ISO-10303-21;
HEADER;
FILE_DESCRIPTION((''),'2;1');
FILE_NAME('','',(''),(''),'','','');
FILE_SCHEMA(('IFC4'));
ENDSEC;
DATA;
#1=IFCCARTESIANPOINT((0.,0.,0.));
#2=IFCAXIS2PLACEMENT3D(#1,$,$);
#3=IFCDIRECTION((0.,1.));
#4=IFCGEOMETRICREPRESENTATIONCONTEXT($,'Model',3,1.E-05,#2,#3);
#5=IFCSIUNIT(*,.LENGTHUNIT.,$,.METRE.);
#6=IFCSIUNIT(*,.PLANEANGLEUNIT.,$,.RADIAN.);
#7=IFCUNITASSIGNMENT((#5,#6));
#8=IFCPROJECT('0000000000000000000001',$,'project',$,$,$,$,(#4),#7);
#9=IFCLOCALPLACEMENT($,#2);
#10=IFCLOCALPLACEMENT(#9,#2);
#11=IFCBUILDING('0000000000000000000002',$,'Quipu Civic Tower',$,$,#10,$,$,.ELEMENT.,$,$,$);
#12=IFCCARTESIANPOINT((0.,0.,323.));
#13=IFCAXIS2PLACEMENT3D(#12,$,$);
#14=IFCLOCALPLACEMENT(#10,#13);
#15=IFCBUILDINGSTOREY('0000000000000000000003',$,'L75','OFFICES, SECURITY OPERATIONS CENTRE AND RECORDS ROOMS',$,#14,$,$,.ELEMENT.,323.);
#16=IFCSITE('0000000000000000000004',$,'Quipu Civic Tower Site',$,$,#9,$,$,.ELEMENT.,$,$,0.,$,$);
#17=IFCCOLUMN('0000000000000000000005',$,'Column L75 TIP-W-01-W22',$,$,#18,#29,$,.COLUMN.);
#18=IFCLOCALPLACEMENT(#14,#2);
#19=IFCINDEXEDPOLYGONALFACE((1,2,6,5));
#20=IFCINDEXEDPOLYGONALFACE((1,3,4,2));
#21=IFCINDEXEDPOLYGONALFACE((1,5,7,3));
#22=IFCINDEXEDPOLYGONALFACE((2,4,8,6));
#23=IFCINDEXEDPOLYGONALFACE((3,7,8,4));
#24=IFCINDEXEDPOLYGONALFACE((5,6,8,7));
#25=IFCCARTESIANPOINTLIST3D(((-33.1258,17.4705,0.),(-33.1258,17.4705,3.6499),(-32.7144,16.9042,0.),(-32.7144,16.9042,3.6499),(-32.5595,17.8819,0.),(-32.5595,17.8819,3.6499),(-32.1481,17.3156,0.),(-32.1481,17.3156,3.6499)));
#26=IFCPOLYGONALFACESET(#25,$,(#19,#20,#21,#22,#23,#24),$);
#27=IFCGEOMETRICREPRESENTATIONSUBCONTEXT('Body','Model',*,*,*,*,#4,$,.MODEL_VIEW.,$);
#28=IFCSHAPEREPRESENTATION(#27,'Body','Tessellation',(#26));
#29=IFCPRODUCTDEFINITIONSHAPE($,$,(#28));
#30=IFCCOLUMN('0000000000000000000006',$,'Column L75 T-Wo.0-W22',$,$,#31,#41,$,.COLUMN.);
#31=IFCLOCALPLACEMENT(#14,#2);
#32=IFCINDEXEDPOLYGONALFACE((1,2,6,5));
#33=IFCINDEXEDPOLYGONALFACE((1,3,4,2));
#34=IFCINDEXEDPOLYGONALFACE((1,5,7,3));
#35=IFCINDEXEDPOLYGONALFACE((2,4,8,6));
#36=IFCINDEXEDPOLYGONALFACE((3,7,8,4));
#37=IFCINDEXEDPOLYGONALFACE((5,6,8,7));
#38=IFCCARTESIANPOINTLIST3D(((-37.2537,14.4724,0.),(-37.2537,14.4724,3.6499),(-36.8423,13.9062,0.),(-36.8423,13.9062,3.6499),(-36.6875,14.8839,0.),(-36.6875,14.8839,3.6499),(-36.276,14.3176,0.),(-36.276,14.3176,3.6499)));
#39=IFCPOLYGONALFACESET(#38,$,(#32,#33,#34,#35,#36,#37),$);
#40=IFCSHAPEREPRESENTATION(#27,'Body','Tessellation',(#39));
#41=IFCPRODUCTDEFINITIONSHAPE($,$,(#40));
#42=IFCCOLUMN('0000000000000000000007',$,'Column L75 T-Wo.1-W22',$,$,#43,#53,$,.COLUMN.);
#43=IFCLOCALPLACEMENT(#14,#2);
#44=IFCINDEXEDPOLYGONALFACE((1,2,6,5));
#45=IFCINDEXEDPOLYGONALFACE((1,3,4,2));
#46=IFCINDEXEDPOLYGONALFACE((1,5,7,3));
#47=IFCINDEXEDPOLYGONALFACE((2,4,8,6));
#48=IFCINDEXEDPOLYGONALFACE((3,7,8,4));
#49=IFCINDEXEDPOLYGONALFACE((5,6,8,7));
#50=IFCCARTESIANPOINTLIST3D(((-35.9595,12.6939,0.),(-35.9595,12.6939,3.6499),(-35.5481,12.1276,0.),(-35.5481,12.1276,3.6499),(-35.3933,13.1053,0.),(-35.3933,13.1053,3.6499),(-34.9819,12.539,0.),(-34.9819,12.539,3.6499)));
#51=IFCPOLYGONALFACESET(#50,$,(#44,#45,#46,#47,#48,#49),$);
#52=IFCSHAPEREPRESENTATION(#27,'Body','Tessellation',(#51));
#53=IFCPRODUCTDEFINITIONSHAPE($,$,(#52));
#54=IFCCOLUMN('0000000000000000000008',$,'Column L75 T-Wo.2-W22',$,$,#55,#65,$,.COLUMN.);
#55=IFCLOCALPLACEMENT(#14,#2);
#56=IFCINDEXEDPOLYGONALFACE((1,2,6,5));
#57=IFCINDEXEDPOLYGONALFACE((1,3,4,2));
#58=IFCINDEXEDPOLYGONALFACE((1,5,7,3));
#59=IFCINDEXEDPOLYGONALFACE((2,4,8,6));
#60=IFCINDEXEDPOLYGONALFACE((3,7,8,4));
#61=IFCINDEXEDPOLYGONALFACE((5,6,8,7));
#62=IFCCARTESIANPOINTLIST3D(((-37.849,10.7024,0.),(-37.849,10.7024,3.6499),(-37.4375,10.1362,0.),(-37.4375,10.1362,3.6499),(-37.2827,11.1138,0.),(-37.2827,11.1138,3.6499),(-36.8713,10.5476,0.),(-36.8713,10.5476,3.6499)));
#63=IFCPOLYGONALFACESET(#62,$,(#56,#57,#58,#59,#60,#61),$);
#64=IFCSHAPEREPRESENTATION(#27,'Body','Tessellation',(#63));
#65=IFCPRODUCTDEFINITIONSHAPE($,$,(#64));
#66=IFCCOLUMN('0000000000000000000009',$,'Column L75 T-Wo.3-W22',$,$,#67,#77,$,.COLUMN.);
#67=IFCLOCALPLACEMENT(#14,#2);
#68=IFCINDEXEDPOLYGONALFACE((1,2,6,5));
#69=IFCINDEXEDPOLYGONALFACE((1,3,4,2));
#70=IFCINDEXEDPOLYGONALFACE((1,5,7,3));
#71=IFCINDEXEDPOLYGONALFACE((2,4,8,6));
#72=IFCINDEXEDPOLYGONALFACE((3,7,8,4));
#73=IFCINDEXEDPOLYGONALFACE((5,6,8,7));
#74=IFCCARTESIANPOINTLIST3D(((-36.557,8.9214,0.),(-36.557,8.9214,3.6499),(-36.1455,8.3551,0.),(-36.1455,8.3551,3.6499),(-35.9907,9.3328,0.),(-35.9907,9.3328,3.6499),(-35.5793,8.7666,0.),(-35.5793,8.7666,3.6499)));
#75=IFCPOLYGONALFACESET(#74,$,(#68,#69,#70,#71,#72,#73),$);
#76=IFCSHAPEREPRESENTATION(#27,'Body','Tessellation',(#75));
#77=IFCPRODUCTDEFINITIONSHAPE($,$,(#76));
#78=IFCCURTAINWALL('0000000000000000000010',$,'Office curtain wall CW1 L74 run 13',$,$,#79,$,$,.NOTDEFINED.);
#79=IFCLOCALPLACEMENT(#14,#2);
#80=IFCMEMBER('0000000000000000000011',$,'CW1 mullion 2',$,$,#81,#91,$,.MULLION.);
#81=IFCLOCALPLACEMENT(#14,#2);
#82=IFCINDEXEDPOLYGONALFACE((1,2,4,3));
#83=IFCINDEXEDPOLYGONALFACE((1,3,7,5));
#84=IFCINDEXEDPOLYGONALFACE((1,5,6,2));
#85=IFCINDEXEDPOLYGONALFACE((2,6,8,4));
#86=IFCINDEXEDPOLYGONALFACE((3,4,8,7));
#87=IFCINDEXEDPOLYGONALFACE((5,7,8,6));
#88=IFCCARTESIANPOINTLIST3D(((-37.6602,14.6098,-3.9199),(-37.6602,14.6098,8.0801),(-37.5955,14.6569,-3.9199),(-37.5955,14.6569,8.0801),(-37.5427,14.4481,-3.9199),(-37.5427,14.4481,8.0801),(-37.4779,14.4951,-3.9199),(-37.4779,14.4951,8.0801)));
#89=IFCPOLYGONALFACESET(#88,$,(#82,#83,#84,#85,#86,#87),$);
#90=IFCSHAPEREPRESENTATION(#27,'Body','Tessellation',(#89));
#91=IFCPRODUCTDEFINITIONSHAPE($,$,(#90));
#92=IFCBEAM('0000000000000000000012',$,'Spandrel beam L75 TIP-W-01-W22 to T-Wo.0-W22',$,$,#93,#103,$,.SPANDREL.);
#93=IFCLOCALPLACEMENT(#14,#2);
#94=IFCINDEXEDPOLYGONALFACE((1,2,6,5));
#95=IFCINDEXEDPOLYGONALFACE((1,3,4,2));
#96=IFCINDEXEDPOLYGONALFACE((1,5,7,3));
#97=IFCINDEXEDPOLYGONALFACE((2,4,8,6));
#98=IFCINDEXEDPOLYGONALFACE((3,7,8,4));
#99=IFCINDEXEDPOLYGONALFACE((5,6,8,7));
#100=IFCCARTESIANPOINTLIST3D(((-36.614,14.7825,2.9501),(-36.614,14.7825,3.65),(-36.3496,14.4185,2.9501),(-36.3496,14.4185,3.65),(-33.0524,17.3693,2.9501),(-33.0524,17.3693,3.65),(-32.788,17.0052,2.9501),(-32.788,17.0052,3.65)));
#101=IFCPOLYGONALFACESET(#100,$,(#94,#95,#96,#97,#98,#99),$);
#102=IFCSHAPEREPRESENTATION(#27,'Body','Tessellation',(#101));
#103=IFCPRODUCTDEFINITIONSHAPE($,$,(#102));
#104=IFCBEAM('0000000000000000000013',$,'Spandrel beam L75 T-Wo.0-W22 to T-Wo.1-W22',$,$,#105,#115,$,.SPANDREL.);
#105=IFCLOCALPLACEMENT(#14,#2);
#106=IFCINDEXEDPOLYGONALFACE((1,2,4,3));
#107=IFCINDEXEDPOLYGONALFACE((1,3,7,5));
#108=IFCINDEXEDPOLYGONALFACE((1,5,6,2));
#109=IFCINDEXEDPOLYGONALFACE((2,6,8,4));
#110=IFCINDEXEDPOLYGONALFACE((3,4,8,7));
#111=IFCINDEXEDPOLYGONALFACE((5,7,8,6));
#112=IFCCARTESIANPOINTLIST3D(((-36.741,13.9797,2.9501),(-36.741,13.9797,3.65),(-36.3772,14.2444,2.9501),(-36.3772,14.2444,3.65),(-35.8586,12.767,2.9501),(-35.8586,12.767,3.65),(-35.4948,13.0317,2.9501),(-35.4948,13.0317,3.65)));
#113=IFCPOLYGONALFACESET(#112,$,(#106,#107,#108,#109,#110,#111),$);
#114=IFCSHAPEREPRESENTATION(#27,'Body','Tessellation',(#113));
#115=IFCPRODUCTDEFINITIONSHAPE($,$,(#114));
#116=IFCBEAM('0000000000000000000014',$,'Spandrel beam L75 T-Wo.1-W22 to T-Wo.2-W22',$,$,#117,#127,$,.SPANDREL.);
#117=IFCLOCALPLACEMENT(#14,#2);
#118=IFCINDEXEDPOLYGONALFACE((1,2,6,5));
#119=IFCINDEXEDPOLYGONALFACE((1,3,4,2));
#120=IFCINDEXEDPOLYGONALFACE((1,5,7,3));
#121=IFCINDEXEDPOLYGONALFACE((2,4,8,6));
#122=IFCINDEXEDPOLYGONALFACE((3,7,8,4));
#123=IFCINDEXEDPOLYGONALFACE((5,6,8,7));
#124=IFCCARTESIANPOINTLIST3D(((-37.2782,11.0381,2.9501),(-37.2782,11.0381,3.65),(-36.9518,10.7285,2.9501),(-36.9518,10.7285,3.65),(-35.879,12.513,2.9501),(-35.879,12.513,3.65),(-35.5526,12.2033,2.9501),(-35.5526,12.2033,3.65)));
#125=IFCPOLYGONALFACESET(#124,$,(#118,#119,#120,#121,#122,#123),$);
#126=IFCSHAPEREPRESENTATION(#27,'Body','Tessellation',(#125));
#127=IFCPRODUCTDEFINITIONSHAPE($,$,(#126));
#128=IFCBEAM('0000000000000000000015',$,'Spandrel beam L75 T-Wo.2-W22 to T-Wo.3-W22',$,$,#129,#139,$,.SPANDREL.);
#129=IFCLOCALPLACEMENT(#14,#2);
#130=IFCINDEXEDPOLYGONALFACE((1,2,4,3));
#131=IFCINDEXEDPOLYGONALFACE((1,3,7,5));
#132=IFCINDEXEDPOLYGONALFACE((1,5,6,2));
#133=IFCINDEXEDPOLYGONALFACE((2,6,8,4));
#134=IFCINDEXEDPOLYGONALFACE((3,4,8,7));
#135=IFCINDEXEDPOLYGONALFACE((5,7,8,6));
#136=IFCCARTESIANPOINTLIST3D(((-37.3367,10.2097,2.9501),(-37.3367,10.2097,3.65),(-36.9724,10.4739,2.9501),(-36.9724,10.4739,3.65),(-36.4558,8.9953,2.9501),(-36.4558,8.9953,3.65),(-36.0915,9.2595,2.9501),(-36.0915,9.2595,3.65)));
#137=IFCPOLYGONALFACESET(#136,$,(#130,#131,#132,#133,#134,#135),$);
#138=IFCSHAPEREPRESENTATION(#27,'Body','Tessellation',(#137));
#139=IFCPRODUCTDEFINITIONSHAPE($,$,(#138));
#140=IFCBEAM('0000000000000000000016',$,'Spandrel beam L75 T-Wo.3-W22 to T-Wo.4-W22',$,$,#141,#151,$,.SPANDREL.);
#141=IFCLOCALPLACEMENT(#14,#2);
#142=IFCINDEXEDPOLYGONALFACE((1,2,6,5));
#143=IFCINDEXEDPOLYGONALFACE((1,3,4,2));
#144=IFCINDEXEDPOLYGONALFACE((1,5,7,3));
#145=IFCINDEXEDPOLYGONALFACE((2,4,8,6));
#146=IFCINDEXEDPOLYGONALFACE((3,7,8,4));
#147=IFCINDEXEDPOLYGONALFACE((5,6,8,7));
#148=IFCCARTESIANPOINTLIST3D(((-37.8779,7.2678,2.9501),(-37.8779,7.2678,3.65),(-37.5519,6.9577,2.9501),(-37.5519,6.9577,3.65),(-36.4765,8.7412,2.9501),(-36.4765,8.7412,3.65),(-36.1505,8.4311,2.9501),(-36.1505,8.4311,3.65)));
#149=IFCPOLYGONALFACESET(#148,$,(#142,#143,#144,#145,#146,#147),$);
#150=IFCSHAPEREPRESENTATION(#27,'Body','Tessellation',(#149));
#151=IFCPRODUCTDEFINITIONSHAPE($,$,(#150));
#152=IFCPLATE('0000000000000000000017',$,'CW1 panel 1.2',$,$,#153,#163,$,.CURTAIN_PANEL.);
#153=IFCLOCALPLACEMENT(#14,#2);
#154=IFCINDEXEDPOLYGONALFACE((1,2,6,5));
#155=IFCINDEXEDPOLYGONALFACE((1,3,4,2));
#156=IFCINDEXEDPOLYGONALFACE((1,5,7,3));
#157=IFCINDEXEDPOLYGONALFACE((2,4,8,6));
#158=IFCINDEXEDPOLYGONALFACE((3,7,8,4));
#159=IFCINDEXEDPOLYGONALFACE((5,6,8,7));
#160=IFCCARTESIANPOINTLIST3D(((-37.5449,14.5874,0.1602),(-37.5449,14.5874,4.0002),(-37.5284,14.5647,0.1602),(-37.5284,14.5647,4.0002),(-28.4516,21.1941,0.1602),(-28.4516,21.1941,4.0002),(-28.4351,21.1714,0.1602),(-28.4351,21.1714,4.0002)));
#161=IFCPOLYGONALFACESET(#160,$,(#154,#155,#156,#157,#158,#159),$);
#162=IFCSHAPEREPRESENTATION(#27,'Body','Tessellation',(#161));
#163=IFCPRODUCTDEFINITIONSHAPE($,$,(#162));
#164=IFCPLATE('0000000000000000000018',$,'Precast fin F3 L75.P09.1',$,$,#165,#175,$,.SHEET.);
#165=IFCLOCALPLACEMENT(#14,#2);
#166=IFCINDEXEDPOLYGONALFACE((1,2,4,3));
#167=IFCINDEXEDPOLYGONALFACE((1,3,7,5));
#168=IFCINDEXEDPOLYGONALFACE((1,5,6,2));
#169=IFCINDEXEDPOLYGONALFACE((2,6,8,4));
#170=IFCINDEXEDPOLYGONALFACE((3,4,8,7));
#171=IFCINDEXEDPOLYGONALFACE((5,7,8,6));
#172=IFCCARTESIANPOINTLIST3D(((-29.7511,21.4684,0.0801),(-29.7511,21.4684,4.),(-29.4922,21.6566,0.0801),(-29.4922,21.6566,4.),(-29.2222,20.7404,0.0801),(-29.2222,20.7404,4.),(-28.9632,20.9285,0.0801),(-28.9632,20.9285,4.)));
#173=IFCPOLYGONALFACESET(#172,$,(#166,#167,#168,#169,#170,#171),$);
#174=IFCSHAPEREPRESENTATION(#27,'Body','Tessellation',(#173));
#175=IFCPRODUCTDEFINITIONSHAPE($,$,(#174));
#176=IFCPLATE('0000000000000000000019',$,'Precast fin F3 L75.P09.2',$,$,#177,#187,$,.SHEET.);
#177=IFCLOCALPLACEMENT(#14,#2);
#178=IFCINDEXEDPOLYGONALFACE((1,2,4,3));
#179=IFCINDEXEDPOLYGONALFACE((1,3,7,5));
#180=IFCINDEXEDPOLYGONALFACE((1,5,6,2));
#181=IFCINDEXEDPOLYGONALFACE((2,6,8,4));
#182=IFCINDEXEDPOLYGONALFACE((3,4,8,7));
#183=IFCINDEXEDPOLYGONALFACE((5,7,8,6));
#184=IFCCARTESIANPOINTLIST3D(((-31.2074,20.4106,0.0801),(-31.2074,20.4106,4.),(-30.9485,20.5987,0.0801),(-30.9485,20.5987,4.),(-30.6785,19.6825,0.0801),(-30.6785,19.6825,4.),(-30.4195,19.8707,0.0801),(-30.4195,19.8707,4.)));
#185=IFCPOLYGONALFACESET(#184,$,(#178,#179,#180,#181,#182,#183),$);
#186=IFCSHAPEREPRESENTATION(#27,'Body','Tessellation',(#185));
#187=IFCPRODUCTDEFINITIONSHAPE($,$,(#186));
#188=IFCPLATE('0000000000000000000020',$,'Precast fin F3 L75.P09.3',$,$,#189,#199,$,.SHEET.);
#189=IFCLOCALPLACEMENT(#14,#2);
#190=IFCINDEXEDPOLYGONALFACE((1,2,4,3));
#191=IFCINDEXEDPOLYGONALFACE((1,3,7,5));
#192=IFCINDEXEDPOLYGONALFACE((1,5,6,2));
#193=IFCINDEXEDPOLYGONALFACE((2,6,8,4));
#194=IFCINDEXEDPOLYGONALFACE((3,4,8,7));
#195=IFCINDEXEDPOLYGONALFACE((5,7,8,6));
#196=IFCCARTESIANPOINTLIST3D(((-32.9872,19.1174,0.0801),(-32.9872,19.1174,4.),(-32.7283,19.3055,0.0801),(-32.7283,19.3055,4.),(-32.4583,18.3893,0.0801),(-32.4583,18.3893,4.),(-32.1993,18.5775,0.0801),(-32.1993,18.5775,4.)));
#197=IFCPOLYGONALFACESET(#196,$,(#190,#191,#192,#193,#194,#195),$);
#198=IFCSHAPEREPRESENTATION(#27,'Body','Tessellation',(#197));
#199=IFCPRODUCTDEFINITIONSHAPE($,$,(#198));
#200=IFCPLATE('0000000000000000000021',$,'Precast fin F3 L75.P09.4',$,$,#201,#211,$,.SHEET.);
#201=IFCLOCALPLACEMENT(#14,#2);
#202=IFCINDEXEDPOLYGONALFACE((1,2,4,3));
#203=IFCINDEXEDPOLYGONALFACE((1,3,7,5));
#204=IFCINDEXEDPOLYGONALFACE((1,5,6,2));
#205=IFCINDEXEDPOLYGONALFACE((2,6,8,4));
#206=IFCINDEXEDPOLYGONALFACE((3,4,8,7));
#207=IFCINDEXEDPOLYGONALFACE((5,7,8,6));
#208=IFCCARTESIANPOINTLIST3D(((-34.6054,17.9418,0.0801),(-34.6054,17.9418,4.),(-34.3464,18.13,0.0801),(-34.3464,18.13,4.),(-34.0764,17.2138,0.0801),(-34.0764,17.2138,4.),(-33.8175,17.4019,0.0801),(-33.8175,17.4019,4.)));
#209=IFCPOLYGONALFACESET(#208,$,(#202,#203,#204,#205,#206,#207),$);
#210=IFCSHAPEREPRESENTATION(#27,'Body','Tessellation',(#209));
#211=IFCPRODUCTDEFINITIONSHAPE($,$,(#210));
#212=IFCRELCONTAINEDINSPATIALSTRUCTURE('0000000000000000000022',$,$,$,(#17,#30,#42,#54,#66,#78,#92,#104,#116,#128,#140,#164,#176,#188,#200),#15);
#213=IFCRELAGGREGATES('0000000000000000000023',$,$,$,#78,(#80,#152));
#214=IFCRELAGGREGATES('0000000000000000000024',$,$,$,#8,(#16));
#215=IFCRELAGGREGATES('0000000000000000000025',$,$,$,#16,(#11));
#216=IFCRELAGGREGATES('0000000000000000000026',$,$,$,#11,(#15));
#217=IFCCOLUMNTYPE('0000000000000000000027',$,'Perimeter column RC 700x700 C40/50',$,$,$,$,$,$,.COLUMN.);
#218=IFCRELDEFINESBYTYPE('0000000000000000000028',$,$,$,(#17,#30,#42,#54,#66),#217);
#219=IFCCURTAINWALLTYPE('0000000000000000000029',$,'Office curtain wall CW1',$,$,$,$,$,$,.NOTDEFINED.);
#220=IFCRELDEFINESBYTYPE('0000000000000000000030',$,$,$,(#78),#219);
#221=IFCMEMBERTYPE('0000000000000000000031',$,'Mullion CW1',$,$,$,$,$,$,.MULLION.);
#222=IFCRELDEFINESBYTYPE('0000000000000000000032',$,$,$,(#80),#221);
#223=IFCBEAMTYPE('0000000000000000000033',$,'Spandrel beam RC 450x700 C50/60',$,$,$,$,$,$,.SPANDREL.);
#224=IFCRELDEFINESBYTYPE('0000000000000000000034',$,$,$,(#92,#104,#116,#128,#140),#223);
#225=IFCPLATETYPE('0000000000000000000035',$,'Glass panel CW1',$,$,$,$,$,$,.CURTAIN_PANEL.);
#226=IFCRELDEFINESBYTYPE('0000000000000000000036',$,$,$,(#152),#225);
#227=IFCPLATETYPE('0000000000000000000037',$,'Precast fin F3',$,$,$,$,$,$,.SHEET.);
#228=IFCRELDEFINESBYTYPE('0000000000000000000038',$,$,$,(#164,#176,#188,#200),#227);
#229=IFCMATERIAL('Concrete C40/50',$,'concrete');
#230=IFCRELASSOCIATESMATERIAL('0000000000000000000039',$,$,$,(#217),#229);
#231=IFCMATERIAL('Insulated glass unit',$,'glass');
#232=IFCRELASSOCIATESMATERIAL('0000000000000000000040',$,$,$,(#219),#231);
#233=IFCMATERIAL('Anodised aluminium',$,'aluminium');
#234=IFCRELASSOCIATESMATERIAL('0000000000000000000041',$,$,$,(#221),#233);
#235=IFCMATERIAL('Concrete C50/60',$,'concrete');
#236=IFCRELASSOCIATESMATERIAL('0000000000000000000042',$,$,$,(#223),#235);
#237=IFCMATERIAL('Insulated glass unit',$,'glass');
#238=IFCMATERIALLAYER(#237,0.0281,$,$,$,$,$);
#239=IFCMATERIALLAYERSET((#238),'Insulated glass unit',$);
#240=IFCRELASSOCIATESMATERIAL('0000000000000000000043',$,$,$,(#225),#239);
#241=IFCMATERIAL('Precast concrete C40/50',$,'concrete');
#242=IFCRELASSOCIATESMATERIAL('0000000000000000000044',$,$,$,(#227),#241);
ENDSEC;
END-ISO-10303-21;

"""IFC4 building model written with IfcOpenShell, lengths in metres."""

from ifc_helpers import new_model, si_unit, direction, frame, origin, origin_2d, place, context, subcontext, project, spatial, rectangle, extrude, material, layer, layer_set, material_profile, profile_set, type_object, element, aggregate, save


model = new_model("IFC4")

# Units and contexts
model_context = context("Model", 3, precision=1e-05, world=origin(), true_north=direction((0.0, 1.0)))
body_context = subcontext(model_context, "Body", "Model", "MODEL_VIEW")
ifc_project = project(units=[si_unit("LENGTHUNIT", "METRE"), si_unit("PLANEANGLEUNIT", "RADIAN")], contexts=[model_context])

# Site, building, storey
site_placement = place(None, origin())
site = spatial("IfcSite", under=ifc_project, at=site_placement, Name="Quipu Civic Tower Site", CompositionType="ELEMENT", RefElevation=0.0)
building_placement = place(site_placement, origin())
building = spatial("IfcBuilding", under=site, at=building_placement, Name="Quipu Civic Tower", CompositionType="ELEMENT")
storey_placement = place(building_placement, frame((0.0, 0.0, 323.0)))
storey = spatial("IfcBuildingStorey", under=building, at=storey_placement, Name="L75", Description="OFFICES, SECURITY OPERATIONS CENTRE AND RECORDS ROOMS", CompositionType="ELEMENT", Elevation=323.0)

# Columns
ifc_material_1 = material(Name="Concrete C40/50", Category="concrete")
ifc_material_profile_1 = material_profile(ifc_material_1, rectangle(XDim=0.7, YDim=0.7, at=origin_2d()), Name="RC700x700")
ifc_profile_set_1 = profile_set([ifc_material_profile_1], Name="Concrete C40/50")
column_type = type_object("IfcColumnType", Name="Perimeter column RC 700x700 C40/50", PredefinedType="COLUMN", material=ifc_profile_set_1)
for number, where, z_axis, x_axis, name in (
    (1, (-32.637, 17.3931, 0.0), (0.0, 0.0, 1.0), (-0.809017, -0.587785, 0.0), "Column L75 TIP-W-01-W22"),
    (2, (-36.7649, 14.395, 0.0), (0.0, 0.0, 1.0), (0.587785, -0.809017, 0.0), "Column L75 T-Wo.0-W22"),
    (3, (-35.4707, 12.6165, 0.0), (0.0, 0.0, 1.0), (-0.809017, -0.587785, 0.0), "Column L75 T-Wo.1-W22"),
    (4, (-37.3601, 10.625, 0.0), (0.0, 0.0, 1.0), (0.587785, -0.809017, 0.0), "Column L75 T-Wo.2-W22"),
    (5, (-36.0681, 8.844, 0.0), (0.0, 0.0, 1.0), (0.587785, -0.809017, 0.0), "Column L75 T-Wo.3-W22"),
):
    element("IfcColumn", number, at=place(storey_placement, frame(where, z_axis=z_axis, x_axis=x_axis)), inside=storey, type_object=column_type, Name=name, PredefinedType="COLUMN", context=body_context, shape_type="SweptSolid", body=[
        extrude(rectangle(XDim=0.7, YDim=0.7, at=origin_2d()), origin(), (0.0, 0.0, 1.0), 3.6499),
    ])

# Curtain wall, member
ifc_material_2 = material(Name="Insulated glass unit", Category="glass")
curtain_wall_type = type_object("IfcCurtainWallType", Name="Office curtain wall CW1", PredefinedType="NOTDEFINED", material=ifc_material_2)
curtain_wall_placement = place(storey_placement, origin())
curtain_wall = element("IfcCurtainWall", 6, at=curtain_wall_placement, inside=storey, type_object=curtain_wall_type, Name="Office curtain wall CW1 L74 run 13", PredefinedType="NOTDEFINED")
ifc_material_3 = material(Name="Anodised aluminium", Category="aluminium")
ifc_material_profile_2 = material_profile(ifc_material_3, rectangle(XDim=0.2, YDim=0.0801, at=origin_2d()), Name="RECT 200x80")
ifc_profile_set_2 = profile_set([ifc_material_profile_2], Name="Anodised aluminium")
member_type = type_object("IfcMemberType", Name="Mullion CW1", PredefinedType="MULLION", material=ifc_profile_set_2)
member_placement = place(storey_placement, frame((-37.5691, 14.5525, -3.9199), z_axis=(0.0, 0.0, 1.0), x_axis=(0.587788, -0.809015, 0.0)))
member = element("IfcMember", 7, at=member_placement, type_object=member_type, Name="CW1 mullion 2", PredefinedType="MULLION", context=body_context, shape_type="SweptSolid", body=[
    extrude(rectangle(XDim=0.2, YDim=0.0801, at=origin_2d()), origin(), (0.0, 0.0, 1.0), 12.0),
])

# Beams
ifc_material_4 = material(Name="Concrete C50/60", Category="concrete")
ifc_material_profile_3 = material_profile(ifc_material_4, rectangle(XDim=0.45, YDim=0.7, at=origin_2d()), Name="RC450x700")
ifc_profile_set_3 = profile_set([ifc_material_profile_3], Name="Concrete C50/60")
beam_type = type_object("IfcBeamType", Name="Spandrel beam RC 450x700 C50/60", PredefinedType="SPANDREL", material=ifc_profile_set_3)
beam_1_placement = place(storey_placement, frame((-32.9202, 17.1873, 3.3), z_axis=(-0.809117, -0.587647, 0.0), x_axis=(0.587647, -0.809117, 0.0)))
element("IfcBeam", 8, at=beam_1_placement, inside=storey, type_object=beam_type, Name="Spandrel beam L75 TIP-W-01-W22 to T-Wo.0-W22", PredefinedType="SPANDREL", context=body_context, shape_type="SweptSolid", body=[
    extrude(rectangle(XDim=0.45, YDim=0.7, at=origin_2d()), origin(), (0.0, 0.0, 1.0), 4.4019),
])
beam_2_placement = place(storey_placement, frame((-36.5591, 14.1121, 3.3), z_axis=(0.588346, -0.808609, 0.0), x_axis=(0.808609, 0.588346, 0.0)))
element("IfcBeam", 9, at=beam_2_placement, inside=storey, type_object=beam_type, Name="Spandrel beam L75 T-Wo.0-W22 to T-Wo.1-W22", PredefinedType="SPANDREL", context=body_context, shape_type="SweptSolid", body=[
    extrude(rectangle(XDim=0.45, YDim=0.7, at=origin_2d()), origin(), (0.0, 0.0, 1.0), 1.4998),
])
beam_3_placement = place(storey_placement, frame((-35.7158, 12.3582, 3.3), z_axis=(-0.688247, -0.725476, 0.0), x_axis=(0.725476, -0.688247, 0.0)))
element("IfcBeam", 10, at=beam_3_placement, inside=storey, type_object=beam_type, Name="Spandrel beam L75 T-Wo.1-W22 to T-Wo.2-W22", PredefinedType="SPANDREL", context=body_context, shape_type="SweptSolid", body=[
    extrude(rectangle(XDim=0.45, YDim=0.7, at=origin_2d()), origin(), (0.0, 0.0, 1.0), 2.033),
])
beam_4_placement = place(storey_placement, frame((-37.1545, 10.3418, 3.3), z_axis=(0.587165, -0.809467, 0.0), x_axis=(0.809467, 0.587165, 0.0)))
element("IfcBeam", 11, at=beam_4_placement, inside=storey, type_object=beam_type, Name="Spandrel beam L75 T-Wo.2-W22 to T-Wo.3-W22", PredefinedType="SPANDREL", context=body_context, shape_type="SweptSolid", body=[
    extrude(rectangle(XDim=0.45, YDim=0.7, at=origin_2d()), origin(), (0.0, 0.0, 1.0), 1.5002),
])
beam_5_placement = place(storey_placement, frame((-36.3135, 8.5862, 3.3), z_axis=(-0.689175, -0.724595, 0.0), x_axis=(0.724595, -0.689175, 0.0)))
element("IfcBeam", 12, at=beam_5_placement, inside=storey, type_object=beam_type, Name="Spandrel beam L75 T-Wo.3-W22 to T-Wo.4-W22", PredefinedType="SPANDREL", context=body_context, shape_type="SweptSolid", body=[
    extrude(rectangle(XDim=0.45, YDim=0.7, at=origin_2d()), origin(), (0.0, 0.0, 1.0), 2.0334),
])

# Plate
ifc_material_5 = material(Name="Insulated glass unit", Category="glass")
ifc_layer = layer(ifc_material_5, 0.0281)
ifc_layer_set = layer_set([ifc_layer], Name="Insulated glass unit")
plate_type_1 = type_object("IfcPlateType", Name="Glass panel CW1", PredefinedType="CURTAIN_PANEL", material=ifc_layer_set)
plate_placement = place(storey_placement, frame((-32.99, 17.8794, 0.1602), z_axis=(0.0, 0.0, 1.0), x_axis=(-0.809015, -0.587788, 0.0)))
plate = element("IfcPlate", 13, at=plate_placement, type_object=plate_type_1, Name="CW1 panel 1.2", PredefinedType="CURTAIN_PANEL", context=body_context, shape_type="SweptSolid", body=[
    extrude(rectangle(XDim=11.24, YDim=0.0281, at=origin_2d()), origin(), (0.0, 0.0, 1.0), 3.8401),
])
aggregate(curtain_wall, [member, plate])

# Plates
ifc_material_6 = material(Name="Precast concrete C40/50", Category="concrete")
plate_type_2 = type_object("IfcPlateType", Name="Precast fin F3", PredefinedType="SHEET", material=ifc_material_6)
for number, where, z_axis, x_axis, name in (
    (14, (-29.3572, 21.1985, 0.0801), (0.0, 0.0, 1.0), (-0.809017, -0.587785, 0.0), "Precast fin F3 L75.P09.1"),
    (15, (-30.8135, 20.1406, 0.0801), (0.0, 0.0, 1.0), (-0.809017, -0.587785, 0.0), "Precast fin F3 L75.P09.2"),
    (16, (-32.5933, 18.8474, 0.0801), (0.0, 0.0, 1.0), (-0.809017, -0.587785, 0.0), "Precast fin F3 L75.P09.3"),
    (17, (-34.2114, 17.6719, 0.0801), (0.0, 0.0, 1.0), (-0.809017, -0.587785, 0.0), "Precast fin F3 L75.P09.4"),
):
    element("IfcPlate", number, at=place(storey_placement, frame(where, z_axis=z_axis, x_axis=x_axis)), inside=storey, type_object=plate_type_2, Name=name, PredefinedType="SHEET", context=body_context, shape_type="SweptSolid", body=[
        extrude(rectangle(XDim=0.3201, YDim=0.8999, at=origin_2d()), origin(), (0.0, 0.0, 1.0), 3.9199),
    ])

save(model, "model.ifc")
